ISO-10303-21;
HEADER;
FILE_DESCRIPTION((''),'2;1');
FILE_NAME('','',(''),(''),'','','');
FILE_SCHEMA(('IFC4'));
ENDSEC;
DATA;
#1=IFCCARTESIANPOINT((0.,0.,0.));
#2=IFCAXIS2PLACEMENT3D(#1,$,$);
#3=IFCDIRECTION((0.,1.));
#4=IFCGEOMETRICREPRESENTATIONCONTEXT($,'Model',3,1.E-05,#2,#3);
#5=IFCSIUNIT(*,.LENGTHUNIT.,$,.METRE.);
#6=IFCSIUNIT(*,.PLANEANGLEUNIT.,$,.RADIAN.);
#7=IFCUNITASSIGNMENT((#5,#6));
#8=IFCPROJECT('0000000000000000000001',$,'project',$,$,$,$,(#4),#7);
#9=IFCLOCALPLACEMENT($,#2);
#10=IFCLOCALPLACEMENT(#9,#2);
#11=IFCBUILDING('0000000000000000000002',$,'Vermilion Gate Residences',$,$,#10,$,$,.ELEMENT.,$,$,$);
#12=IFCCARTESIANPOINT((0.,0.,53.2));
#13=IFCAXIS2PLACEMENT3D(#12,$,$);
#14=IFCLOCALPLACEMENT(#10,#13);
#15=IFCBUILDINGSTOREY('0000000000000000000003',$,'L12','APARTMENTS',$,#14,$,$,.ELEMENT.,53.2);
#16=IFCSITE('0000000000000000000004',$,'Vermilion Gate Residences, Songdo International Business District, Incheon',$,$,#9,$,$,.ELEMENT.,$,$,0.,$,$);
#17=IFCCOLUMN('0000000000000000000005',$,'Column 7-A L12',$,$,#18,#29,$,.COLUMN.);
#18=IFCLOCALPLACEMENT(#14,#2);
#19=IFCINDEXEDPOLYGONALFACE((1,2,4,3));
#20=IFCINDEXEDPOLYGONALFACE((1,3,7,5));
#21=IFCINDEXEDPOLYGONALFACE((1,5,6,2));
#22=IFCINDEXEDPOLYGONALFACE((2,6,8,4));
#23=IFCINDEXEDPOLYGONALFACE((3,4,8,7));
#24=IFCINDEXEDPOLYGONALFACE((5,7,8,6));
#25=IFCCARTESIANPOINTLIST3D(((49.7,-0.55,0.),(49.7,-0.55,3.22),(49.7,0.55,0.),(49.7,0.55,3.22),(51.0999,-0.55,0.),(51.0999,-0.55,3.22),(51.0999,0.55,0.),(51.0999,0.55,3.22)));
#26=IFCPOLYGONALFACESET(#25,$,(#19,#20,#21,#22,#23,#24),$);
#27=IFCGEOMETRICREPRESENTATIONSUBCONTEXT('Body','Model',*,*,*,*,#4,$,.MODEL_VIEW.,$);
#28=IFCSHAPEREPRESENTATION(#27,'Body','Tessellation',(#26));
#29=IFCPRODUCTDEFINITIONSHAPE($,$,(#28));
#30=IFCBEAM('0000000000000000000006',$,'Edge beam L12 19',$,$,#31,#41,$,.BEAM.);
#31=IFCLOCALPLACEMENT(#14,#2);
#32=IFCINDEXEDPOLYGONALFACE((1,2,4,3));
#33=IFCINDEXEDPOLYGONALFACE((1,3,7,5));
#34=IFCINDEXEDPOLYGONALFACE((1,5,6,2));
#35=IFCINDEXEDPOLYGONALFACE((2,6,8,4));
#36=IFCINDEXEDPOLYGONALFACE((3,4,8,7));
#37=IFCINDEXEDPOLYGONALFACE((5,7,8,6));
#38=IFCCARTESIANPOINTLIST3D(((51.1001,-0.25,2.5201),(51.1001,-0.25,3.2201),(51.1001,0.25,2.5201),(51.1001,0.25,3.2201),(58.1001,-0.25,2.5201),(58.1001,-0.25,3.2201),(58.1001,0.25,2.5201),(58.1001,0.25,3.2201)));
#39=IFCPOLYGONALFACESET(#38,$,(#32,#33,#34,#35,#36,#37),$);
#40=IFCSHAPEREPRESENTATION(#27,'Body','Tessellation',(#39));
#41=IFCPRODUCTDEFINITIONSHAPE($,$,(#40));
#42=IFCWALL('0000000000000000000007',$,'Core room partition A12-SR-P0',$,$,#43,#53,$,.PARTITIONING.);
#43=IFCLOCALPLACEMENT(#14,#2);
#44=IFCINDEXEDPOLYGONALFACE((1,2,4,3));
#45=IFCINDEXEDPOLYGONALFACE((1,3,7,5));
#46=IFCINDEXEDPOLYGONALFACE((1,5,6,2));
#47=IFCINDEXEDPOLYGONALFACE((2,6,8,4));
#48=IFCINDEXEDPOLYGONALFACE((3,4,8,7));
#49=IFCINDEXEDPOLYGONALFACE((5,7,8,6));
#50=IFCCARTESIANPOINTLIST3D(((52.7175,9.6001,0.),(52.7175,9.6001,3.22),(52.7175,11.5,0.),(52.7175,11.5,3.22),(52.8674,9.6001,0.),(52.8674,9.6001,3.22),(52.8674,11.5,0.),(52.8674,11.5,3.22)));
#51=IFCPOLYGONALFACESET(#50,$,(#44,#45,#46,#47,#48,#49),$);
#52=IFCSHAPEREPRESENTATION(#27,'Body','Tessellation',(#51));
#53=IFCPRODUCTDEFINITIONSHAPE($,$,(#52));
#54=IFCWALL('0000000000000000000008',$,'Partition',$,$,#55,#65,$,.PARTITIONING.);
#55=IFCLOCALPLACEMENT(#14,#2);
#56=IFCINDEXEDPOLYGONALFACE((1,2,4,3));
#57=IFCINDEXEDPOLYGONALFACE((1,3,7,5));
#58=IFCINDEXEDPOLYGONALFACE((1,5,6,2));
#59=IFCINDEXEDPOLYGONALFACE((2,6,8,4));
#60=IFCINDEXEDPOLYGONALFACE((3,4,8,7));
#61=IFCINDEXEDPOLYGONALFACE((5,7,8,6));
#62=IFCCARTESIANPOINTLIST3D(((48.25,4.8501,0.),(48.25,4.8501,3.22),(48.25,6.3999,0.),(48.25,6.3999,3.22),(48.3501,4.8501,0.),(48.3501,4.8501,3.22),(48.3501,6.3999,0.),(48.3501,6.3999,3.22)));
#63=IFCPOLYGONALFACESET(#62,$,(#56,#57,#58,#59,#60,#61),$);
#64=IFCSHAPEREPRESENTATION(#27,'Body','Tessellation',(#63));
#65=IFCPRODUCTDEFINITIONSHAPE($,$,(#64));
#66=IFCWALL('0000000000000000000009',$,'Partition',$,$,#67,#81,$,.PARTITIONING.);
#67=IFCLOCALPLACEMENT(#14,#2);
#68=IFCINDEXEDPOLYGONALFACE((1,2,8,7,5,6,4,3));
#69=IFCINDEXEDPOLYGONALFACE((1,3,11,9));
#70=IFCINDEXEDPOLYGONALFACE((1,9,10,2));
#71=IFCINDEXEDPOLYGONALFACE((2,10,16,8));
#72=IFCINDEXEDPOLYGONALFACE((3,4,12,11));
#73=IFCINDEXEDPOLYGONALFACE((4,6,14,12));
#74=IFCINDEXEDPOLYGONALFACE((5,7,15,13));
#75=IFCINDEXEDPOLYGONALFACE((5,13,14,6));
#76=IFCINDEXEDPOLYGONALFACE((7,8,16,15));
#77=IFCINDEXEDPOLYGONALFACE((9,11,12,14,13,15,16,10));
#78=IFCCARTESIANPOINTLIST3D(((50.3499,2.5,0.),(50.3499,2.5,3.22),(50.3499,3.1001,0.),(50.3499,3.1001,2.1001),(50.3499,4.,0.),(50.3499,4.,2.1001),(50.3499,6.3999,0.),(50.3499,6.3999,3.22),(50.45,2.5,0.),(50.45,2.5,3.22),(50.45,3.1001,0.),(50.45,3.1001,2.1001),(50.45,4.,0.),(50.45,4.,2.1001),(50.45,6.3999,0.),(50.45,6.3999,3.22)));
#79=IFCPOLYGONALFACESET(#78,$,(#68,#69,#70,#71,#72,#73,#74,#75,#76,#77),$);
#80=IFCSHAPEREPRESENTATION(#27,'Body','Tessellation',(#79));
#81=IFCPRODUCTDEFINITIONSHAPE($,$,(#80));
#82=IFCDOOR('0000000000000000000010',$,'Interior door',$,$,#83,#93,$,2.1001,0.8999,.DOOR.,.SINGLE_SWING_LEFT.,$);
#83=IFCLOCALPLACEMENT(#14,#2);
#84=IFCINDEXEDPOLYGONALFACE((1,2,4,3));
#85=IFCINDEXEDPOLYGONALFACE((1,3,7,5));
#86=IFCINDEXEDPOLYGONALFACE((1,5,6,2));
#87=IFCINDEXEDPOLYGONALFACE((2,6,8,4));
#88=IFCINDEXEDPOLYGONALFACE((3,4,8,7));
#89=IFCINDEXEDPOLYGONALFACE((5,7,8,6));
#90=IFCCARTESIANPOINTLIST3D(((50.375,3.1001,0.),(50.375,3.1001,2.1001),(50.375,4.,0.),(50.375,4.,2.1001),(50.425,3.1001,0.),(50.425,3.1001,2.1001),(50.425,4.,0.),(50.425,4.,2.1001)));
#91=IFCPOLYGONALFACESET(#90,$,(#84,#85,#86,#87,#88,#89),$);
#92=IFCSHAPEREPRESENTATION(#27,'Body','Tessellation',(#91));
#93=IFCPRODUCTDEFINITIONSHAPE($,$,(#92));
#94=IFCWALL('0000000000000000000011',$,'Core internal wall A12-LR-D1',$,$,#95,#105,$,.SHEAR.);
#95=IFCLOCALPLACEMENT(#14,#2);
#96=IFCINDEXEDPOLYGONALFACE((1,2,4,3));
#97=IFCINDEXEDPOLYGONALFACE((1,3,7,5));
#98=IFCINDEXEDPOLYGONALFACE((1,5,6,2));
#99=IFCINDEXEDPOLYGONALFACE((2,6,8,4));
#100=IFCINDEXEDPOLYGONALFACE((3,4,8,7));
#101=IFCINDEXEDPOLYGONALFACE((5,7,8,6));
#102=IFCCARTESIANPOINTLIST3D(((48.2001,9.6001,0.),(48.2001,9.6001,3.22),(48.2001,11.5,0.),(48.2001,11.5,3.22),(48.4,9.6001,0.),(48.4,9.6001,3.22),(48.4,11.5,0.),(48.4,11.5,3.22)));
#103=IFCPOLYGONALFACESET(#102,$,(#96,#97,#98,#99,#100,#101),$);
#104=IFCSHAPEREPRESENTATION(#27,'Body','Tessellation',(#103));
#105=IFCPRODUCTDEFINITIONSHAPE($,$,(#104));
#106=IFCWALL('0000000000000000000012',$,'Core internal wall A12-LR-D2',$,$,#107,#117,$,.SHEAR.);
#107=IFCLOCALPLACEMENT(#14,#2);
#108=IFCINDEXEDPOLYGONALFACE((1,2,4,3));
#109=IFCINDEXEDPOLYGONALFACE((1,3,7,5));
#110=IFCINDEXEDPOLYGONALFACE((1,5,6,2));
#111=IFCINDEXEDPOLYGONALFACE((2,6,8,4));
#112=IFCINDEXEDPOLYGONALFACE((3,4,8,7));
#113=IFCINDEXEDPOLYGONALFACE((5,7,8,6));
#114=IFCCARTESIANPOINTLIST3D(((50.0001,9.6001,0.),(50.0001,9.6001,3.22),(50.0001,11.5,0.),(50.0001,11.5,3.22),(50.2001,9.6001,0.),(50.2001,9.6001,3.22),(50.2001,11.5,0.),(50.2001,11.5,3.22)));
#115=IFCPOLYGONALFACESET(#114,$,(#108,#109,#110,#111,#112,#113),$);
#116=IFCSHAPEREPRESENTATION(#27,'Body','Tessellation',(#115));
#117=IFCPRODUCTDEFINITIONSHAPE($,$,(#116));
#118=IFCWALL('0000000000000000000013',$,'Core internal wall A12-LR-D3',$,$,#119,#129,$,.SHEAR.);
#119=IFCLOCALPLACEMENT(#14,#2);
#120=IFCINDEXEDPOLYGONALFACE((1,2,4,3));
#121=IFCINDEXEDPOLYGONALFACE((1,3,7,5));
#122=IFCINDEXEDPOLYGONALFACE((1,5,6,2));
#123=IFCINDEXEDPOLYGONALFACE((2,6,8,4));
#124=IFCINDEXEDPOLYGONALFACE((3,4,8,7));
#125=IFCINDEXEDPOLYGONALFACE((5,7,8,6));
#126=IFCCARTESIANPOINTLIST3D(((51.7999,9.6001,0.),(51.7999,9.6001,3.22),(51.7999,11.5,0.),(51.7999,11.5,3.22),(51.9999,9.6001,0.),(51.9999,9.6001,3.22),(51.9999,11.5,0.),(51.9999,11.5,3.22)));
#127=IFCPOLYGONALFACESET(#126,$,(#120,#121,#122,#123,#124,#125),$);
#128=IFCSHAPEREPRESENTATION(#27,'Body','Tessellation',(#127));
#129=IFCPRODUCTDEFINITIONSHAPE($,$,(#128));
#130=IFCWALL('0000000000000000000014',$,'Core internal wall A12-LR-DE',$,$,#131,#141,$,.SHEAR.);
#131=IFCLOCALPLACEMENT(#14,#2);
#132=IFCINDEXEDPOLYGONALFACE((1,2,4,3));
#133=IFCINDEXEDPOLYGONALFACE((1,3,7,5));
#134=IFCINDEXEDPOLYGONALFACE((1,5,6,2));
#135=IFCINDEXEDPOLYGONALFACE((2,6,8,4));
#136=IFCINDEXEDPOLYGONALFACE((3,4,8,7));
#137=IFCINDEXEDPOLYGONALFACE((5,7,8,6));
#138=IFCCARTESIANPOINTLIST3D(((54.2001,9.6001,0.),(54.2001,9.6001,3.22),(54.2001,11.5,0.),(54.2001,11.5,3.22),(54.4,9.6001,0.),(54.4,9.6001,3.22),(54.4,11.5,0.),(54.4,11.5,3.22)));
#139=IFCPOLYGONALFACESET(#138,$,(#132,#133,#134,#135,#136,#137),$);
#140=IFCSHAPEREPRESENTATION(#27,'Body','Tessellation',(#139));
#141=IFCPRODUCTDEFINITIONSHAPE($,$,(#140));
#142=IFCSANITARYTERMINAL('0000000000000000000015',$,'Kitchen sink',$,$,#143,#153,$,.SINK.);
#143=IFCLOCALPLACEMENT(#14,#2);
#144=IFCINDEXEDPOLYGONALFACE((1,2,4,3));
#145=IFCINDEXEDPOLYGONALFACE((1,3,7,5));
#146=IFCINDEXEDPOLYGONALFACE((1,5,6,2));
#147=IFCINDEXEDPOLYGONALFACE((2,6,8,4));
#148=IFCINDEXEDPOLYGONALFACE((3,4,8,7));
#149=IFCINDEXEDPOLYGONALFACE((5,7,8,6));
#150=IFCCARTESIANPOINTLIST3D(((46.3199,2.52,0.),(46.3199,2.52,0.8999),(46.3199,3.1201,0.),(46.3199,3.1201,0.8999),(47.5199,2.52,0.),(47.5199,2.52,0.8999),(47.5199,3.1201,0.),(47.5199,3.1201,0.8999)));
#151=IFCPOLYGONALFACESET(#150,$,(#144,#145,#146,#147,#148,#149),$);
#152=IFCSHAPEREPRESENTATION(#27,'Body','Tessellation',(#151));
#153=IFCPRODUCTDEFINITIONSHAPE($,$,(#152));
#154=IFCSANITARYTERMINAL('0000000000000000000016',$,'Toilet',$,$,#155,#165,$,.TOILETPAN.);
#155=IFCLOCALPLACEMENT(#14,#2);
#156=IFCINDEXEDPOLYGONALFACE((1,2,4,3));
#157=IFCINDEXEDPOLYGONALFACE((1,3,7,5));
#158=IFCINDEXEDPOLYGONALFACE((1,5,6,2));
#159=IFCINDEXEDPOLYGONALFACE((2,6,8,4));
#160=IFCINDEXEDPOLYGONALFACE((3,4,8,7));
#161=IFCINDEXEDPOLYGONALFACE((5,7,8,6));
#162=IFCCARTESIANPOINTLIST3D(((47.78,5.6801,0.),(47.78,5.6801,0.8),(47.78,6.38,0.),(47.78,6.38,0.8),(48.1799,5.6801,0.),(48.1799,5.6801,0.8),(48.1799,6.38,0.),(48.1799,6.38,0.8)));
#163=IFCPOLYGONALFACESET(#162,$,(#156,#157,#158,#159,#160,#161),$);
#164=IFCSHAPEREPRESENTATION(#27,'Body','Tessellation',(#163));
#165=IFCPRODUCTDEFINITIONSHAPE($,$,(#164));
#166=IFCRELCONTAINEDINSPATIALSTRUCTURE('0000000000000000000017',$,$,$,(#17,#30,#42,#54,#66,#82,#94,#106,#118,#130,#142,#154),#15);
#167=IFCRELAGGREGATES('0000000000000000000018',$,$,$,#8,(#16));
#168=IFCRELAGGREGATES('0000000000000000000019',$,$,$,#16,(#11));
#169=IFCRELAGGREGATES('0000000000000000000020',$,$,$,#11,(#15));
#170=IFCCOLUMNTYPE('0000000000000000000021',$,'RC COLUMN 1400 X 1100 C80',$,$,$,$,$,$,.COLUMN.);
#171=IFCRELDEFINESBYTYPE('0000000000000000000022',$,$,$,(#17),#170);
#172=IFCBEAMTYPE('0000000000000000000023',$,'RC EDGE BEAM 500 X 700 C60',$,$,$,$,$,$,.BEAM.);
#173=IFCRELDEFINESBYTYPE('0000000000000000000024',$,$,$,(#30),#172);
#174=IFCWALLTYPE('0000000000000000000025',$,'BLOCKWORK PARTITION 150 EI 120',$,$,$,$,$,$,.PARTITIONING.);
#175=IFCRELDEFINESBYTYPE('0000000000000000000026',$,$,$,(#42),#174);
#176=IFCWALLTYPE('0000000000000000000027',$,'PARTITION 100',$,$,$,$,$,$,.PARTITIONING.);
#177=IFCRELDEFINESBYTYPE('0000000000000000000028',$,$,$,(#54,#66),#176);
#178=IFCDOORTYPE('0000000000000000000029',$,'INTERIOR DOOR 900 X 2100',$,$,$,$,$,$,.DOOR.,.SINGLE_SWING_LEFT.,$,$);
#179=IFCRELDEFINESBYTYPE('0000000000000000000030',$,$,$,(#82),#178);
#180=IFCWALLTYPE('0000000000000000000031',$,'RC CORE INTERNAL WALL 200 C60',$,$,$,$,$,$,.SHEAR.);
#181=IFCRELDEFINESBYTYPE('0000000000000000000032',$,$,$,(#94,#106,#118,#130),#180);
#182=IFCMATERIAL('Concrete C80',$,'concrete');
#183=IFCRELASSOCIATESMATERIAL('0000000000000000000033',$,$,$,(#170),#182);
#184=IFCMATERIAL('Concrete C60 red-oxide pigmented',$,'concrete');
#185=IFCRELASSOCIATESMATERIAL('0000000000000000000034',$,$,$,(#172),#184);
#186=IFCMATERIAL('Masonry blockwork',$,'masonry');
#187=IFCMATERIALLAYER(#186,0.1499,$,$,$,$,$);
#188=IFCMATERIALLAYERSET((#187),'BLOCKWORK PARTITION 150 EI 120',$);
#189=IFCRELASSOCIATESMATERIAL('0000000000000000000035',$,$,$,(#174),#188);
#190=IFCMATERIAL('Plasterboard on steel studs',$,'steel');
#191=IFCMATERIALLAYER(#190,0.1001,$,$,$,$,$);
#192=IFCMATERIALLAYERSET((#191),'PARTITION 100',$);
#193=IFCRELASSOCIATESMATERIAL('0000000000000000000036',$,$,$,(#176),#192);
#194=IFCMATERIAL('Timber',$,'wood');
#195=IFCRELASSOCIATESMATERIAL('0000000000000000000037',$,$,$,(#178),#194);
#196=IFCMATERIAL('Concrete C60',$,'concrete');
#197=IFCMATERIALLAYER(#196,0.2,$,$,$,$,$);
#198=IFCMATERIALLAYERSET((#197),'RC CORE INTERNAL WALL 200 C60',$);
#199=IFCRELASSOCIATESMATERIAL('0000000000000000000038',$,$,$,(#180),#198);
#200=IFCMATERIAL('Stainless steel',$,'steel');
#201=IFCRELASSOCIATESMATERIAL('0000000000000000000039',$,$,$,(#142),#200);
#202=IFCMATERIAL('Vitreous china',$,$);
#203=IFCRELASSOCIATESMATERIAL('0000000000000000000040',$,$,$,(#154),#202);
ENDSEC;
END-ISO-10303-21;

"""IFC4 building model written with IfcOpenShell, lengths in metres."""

from ifc_helpers import new_model, si_unit, direction, frame, frame_2d, origin, origin_2d, place, context, subcontext, project, spatial, rectangle, extrude, material, layer, layer_set, material_profile, profile_set, type_object, element, fill, save


model = new_model("IFC4")

# Units and contexts
model_context = context("Model", 3, precision=1e-05, world=origin(), true_north=direction((0.0, 1.0)))
body_context = subcontext(model_context, "Body", "Model", "MODEL_VIEW")
ifc_project = project(units=[si_unit("LENGTHUNIT", "METRE"), si_unit("PLANEANGLEUNIT", "RADIAN")], contexts=[model_context])

# Site, building, storey
site_placement = place(None, origin())
site = spatial("IfcSite", under=ifc_project, at=site_placement, Name="Vermilion Gate Residences, Songdo International Business District, Incheon", CompositionType="ELEMENT", RefElevation=0.0)
building_placement = place(site_placement, origin())
building = spatial("IfcBuilding", under=site, at=building_placement, Name="Vermilion Gate Residences", CompositionType="ELEMENT")
storey_placement = place(building_placement, frame((0.0, 0.0, 53.2)))
storey = spatial("IfcBuildingStorey", under=building, at=storey_placement, Name="L12", Description="APARTMENTS", CompositionType="ELEMENT", Elevation=53.2)

# Column
ifc_material_1 = material(Name="Concrete C80", Category="concrete")
ifc_material_profile_1 = material_profile(ifc_material_1, rectangle(XDim=1.3999, YDim=1.1001, at=origin_2d()), Name="RC-1400x1100")
ifc_profile_set_1 = profile_set([ifc_material_profile_1], Name="Concrete C80")
column_type = type_object("IfcColumnType", Name="RC COLUMN 1400 X 1100 C80", PredefinedType="COLUMN", material=ifc_profile_set_1)
column_placement = place(storey_placement, frame((50.3999, 0.0, 0.0), z_axis=(0.0, 0.0, 1.0), x_axis=(1.0, 0.0, 0.0)))
element("IfcColumn", 1, at=column_placement, inside=storey, type_object=column_type, Name="Column 7-A L12", PredefinedType="COLUMN", context=body_context, shape_type="SweptSolid", body=[
    extrude(rectangle(XDim=1.3999, YDim=1.1001, at=origin_2d()), origin(), (0.0, 0.0, 1.0), 3.22),
])

# Beam
ifc_material_2 = material(Name="Concrete C60 red-oxide pigmented", Category="concrete")
ifc_material_profile_2 = material_profile(ifc_material_2, rectangle(XDim=0.5, YDim=0.7, at=origin_2d()), Name="RC-500x700")
ifc_profile_set_2 = profile_set([ifc_material_profile_2], Name="Concrete C60 red-oxide pigmented")
beam_type = type_object("IfcBeamType", Name="RC EDGE BEAM 500 X 700 C60", PredefinedType="BEAM", material=ifc_profile_set_2)
beam_placement = place(storey_placement, frame((51.1001, 0.0, 2.8701), z_axis=(1.0, 0.0, 0.0), x_axis=(0.0, 1.0, 0.0)))
element("IfcBeam", 2, at=beam_placement, inside=storey, type_object=beam_type, Name="Edge beam L12 19", PredefinedType="BEAM", context=body_context, shape_type="SweptSolid", body=[
    extrude(rectangle(XDim=0.5, YDim=0.7, at=origin_2d()), origin(), (0.0, 0.0, 1.0), 7.0),
])

# Walls
ifc_material_3 = material(Name="Masonry blockwork", Category="masonry")
ifc_layer_1 = layer(ifc_material_3, 0.1499)
ifc_layer_set_1 = layer_set([ifc_layer_1], Name="BLOCKWORK PARTITION 150 EI 120")
wall_type_1 = type_object("IfcWallType", Name="BLOCKWORK PARTITION 150 EI 120", PredefinedType="PARTITIONING", material=ifc_layer_set_1)
wall_1_placement = place(storey_placement, frame((52.7925, 9.6001, 0.0), z_axis=(0.0, 0.0, 1.0), x_axis=(0.0, 1.0, 0.0)))
element("IfcWall", 3, at=wall_1_placement, inside=storey, type_object=wall_type_1, Name="Core room partition A12-SR-P0", PredefinedType="PARTITIONING", context=body_context, shape_type="SweptSolid", body=[
    extrude(rectangle(XDim=1.8999, YDim=0.1499, at=frame_2d((0.95, 0.0))), origin(), (0.0, 0.0, 1.0), 3.22),
])
ifc_material_4 = material(Name="Plasterboard on steel studs", Category="steel")
ifc_layer_2 = layer(ifc_material_4, 0.1001)
ifc_layer_set_2 = layer_set([ifc_layer_2], Name="PARTITION 100")
wall_type_2 = type_object("IfcWallType", Name="PARTITION 100", PredefinedType="PARTITIONING", material=ifc_layer_set_2)
wall_2_placement = place(storey_placement, frame((48.3, 4.8501, 0.0), z_axis=(0.0, 0.0, 1.0), x_axis=(0.0, 1.0, 0.0)))
element("IfcWall", 4, at=wall_2_placement, inside=storey, type_object=wall_type_2, Name="Partition", PredefinedType="PARTITIONING", context=body_context, shape_type="SweptSolid", body=[
    extrude(rectangle(XDim=1.5498, YDim=0.1001, at=frame_2d((0.7749, 0.0))), origin(), (0.0, 0.0, 1.0), 3.22),
])

# Wall, opening, door
wall_3_placement = place(storey_placement, frame((50.3999, 2.5, 0.0), z_axis=(0.0, 0.0, 1.0), x_axis=(0.0, 1.0, 0.0)))
wall_3 = element("IfcWall", 5, at=wall_3_placement, inside=storey, type_object=wall_type_2, Name="Partition", PredefinedType="PARTITIONING", context=body_context, shape_type="SweptSolid", body=[
    extrude(rectangle(XDim=3.8999, YDim=0.1001, at=frame_2d((1.95, 0.0))), origin(), (0.0, 0.0, 1.0), 3.22),
])
opening_placement = place(wall_3_placement, frame((0.6001, 0.0, 0.0)))
opening = element("IfcOpeningElement", 6, at=opening_placement, cuts=wall_3, PredefinedType="OPENING", context=body_context, shape_type="SweptSolid", body=[
    extrude(rectangle(XDim=0.8999, YDim=2.1001, at=frame_2d((0.45, 1.05))), frame((0.0, 0.0601, 0.0), z_axis=(0.0, -1.0, 0.0), x_axis=(1.0, 0.0, 0.0)), (0.0, 0.0, 1.0), 0.1201),
])
ifc_material_5 = material(Name="Timber", Category="wood")
door_type = type_object("IfcDoorType", Name="INTERIOR DOOR 900 X 2100", OperationType="SINGLE_SWING_LEFT", PredefinedType="DOOR", material=ifc_material_5)
door_placement = place(opening_placement, origin())
door = element("IfcDoor", 7, at=door_placement, inside=storey, type_object=door_type, Name="Interior door", OperationType="SINGLE_SWING_LEFT", OverallHeight=2.1001, OverallWidth=0.8999, PredefinedType="DOOR", context=body_context, shape_type="SweptSolid", body=[
    extrude(rectangle(XDim=0.8999, YDim=2.1001, at=frame_2d((0.45, 1.05))), frame((0.0, 0.0249, 0.0), z_axis=(0.0, -1.0, 0.0), x_axis=(1.0, 0.0, 0.0)), (0.0, 0.0, 1.0), 0.05),
])
fill(opening, door)

# Walls
ifc_material_6 = material(Name="Concrete C60", Category="concrete")
ifc_layer_3 = layer(ifc_material_6, 0.2)
ifc_layer_set_3 = layer_set([ifc_layer_3], Name="RC CORE INTERNAL WALL 200 C60")
wall_type_3 = type_object("IfcWallType", Name="RC CORE INTERNAL WALL 200 C60", PredefinedType="SHEAR", material=ifc_layer_set_3)
for number, where, z_axis, x_axis, name in (
    (8, (48.3, 9.6001, 0.0), (0.0, 0.0, 1.0), (0.0, 1.0, 0.0), "Core internal wall A12-LR-D1"),
    (9, (50.1001, 9.6001, 0.0), (0.0, 0.0, 1.0), (0.0, 1.0, 0.0), "Core internal wall A12-LR-D2"),
    (10, (51.8999, 9.6001, 0.0), (0.0, 0.0, 1.0), (0.0, 1.0, 0.0), "Core internal wall A12-LR-D3"),
    (11, (54.3, 9.6001, 0.0), (0.0, 0.0, 1.0), (0.0, 1.0, 0.0), "Core internal wall A12-LR-DE"),
):
    element("IfcWall", number, at=place(storey_placement, frame(where, z_axis=z_axis, x_axis=x_axis)), inside=storey, type_object=wall_type_3, Name=name, PredefinedType="SHEAR", context=body_context, shape_type="SweptSolid", body=[
        extrude(rectangle(XDim=1.8999, YDim=0.2, at=frame_2d((0.95, 0.0))), origin(), (0.0, 0.0, 1.0), 3.22),
    ])

# Sanitary terminals
ifc_material_7 = material(Name="Stainless steel", Category="steel")
sanitary_terminal_1_placement = place(storey_placement, frame((46.9199, 2.8201, 0.0), z_axis=(0.0, 0.0, 1.0), x_axis=(1.0, 0.0, 0.0)))
element("IfcSanitaryTerminal", 12, at=sanitary_terminal_1_placement, inside=storey, material=ifc_material_7, Name="Kitchen sink", PredefinedType="SINK", context=body_context, shape_type="SweptSolid", body=[
    extrude(rectangle(XDim=1.2, YDim=0.6001, at=origin_2d()), origin(), (0.0, 0.0, 1.0), 0.8999),
])
ifc_material_8 = material(Name="Vitreous china")
sanitary_terminal_2_placement = place(storey_placement, frame((47.98, 6.03, 0.0), z_axis=(0.0, 0.0, 1.0), x_axis=(1.0, 0.0, 0.0)))
element("IfcSanitaryTerminal", 13, at=sanitary_terminal_2_placement, inside=storey, material=ifc_material_8, Name="Toilet", PredefinedType="TOILETPAN", context=body_context, shape_type="SweptSolid", body=[
    extrude(rectangle(XDim=0.3999, YDim=0.7, at=origin_2d()), origin(), (0.0, 0.0, 1.0), 0.8),
])

save(model, "model.ifc")
